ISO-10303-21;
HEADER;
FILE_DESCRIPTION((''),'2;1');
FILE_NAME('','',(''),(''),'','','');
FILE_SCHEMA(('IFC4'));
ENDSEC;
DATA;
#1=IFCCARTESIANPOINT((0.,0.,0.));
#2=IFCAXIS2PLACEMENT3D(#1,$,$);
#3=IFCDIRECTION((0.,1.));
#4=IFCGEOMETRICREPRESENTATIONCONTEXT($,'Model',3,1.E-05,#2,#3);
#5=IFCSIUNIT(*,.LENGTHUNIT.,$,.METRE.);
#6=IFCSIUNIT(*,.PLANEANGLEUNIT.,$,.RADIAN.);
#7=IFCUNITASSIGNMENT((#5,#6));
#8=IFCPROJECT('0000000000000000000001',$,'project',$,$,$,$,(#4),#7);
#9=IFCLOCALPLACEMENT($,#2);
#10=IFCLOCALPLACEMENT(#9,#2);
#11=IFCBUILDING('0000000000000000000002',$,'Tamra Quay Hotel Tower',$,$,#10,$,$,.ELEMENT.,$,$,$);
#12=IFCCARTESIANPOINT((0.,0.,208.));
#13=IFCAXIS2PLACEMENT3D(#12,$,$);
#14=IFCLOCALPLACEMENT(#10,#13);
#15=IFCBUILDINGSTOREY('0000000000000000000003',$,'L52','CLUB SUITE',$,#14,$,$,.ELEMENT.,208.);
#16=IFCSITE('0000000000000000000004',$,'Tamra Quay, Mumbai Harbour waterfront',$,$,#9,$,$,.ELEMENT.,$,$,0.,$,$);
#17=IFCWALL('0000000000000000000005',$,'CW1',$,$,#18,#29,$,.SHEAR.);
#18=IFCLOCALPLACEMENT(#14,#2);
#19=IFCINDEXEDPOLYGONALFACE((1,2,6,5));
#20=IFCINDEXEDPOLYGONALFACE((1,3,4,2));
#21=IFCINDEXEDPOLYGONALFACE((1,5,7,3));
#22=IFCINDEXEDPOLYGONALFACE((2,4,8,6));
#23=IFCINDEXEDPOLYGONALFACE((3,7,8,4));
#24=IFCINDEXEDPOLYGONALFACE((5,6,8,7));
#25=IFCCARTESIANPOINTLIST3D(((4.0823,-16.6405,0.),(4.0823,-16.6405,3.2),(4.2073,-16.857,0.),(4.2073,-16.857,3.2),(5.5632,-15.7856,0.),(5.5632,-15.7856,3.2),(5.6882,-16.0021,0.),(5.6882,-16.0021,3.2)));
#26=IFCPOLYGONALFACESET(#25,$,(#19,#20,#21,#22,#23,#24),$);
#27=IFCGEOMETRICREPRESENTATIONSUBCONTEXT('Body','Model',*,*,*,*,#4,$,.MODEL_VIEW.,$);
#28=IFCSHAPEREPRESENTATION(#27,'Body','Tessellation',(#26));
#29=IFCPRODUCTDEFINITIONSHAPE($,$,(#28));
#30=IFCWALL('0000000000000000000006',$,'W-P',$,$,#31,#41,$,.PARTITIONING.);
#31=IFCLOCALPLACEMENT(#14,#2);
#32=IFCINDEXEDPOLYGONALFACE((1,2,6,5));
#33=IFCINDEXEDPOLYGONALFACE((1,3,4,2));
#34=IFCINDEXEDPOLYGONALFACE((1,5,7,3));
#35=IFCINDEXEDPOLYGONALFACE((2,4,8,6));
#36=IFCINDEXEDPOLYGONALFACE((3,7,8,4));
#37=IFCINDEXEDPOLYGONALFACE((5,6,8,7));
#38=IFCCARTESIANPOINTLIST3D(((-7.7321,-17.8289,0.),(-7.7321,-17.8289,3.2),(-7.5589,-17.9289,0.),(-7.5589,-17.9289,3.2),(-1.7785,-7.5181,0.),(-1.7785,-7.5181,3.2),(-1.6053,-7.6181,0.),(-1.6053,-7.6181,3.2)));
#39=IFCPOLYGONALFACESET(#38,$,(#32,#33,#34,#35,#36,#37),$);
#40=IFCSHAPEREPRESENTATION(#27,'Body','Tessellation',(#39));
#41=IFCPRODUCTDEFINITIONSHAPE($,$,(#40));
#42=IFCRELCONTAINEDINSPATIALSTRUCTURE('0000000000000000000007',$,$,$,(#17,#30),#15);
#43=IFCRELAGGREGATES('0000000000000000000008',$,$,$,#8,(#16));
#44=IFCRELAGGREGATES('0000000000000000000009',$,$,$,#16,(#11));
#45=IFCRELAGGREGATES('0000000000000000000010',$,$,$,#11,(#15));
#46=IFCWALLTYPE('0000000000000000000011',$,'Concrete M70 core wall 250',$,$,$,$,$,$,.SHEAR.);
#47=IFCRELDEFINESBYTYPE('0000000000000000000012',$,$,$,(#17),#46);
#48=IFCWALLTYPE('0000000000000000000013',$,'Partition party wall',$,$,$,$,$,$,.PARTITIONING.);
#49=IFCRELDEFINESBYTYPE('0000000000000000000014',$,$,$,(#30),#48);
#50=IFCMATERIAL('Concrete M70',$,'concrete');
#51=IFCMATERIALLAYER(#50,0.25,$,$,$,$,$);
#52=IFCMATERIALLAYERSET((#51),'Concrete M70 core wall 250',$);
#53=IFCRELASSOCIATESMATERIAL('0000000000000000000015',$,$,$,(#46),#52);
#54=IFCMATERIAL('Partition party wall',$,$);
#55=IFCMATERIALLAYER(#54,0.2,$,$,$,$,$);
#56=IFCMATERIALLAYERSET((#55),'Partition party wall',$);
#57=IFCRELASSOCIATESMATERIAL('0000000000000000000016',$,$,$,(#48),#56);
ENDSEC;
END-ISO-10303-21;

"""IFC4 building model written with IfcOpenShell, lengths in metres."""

from ifc_helpers import new_model, si_unit, direction, frame, frame_2d, origin, place, context, subcontext, project, spatial, rectangle, extrude, material, layer, layer_set, type_object, element, save


model = new_model("IFC4")

# Units and contexts
model_context = context("Model", 3, precision=1e-05, world=origin(), true_north=direction((0.0, 1.0)))
body_context = subcontext(model_context, "Body", "Model", "MODEL_VIEW")
ifc_project = project(units=[si_unit("LENGTHUNIT", "METRE"), si_unit("PLANEANGLEUNIT", "RADIAN")], contexts=[model_context])

# Site, building, storey
site_placement = place(None, origin())
site = spatial("IfcSite", under=ifc_project, at=site_placement, Name="Tamra Quay, Mumbai Harbour waterfront", CompositionType="ELEMENT", RefElevation=0.0)
building_placement = place(site_placement, origin())
building = spatial("IfcBuilding", under=site, at=building_placement, Name="Tamra Quay Hotel Tower", CompositionType="ELEMENT")
storey_placement = place(building_placement, frame((0.0, 0.0, 208.0)))
storey = spatial("IfcBuildingStorey", under=building, at=storey_placement, Name="L52", Description="CLUB SUITE", CompositionType="ELEMENT", Elevation=208.0)

# Shared definitions
ifc_material_1 = material(Name="Concrete M70", Category="concrete")

# Walls
ifc_layer_1 = layer(ifc_material_1, 0.25)
ifc_layer_set_1 = layer_set([ifc_layer_1], Name="Concrete M70 core wall 250")
wall_type_1 = type_object("IfcWallType", Name="Concrete M70 core wall 250", PredefinedType="SHEAR", material=ifc_layer_set_1)
wall_1_placement = place(storey_placement, frame((4.1448, -16.7488, 0.0), z_axis=(0.0, 0.0, 1.0), x_axis=(0.866038, 0.499978, 0.0)))
element("IfcWall", 1, at=wall_1_placement, inside=storey, type_object=wall_type_1, Name="CW1", PredefinedType="SHEAR", context=body_context, shape_type="SweptSolid", body=[
    extrude(rectangle(XDim=1.71, YDim=0.25, at=frame_2d((0.855, 0.0))), origin(), (0.0, 0.0, 1.0), 3.2),
])
ifc_material_2 = material(Name="Partition party wall")
ifc_layer_2 = layer(ifc_material_2, 0.2)
ifc_layer_set_2 = layer_set([ifc_layer_2], Name="Partition party wall")
wall_type_2 = type_object("IfcWallType", Name="Partition party wall", PredefinedType="PARTITIONING", material=ifc_layer_set_2)
wall_2_placement = place(storey_placement, frame((-7.6455, -17.8789, 0.0), z_axis=(0.0, 0.0, 1.0), x_axis=(0.500043, 0.866001, 0.0)))
element("IfcWall", 2, at=wall_2_placement, inside=storey, type_object=wall_type_2, Name="W-P", PredefinedType="PARTITIONING", context=body_context, shape_type="SweptSolid", body=[
    extrude(rectangle(XDim=11.9062, YDim=0.2, at=frame_2d((5.9531, 0.0))), origin(), (0.0, 0.0, 1.0), 3.2),
])

save(model, "model.ifc")
